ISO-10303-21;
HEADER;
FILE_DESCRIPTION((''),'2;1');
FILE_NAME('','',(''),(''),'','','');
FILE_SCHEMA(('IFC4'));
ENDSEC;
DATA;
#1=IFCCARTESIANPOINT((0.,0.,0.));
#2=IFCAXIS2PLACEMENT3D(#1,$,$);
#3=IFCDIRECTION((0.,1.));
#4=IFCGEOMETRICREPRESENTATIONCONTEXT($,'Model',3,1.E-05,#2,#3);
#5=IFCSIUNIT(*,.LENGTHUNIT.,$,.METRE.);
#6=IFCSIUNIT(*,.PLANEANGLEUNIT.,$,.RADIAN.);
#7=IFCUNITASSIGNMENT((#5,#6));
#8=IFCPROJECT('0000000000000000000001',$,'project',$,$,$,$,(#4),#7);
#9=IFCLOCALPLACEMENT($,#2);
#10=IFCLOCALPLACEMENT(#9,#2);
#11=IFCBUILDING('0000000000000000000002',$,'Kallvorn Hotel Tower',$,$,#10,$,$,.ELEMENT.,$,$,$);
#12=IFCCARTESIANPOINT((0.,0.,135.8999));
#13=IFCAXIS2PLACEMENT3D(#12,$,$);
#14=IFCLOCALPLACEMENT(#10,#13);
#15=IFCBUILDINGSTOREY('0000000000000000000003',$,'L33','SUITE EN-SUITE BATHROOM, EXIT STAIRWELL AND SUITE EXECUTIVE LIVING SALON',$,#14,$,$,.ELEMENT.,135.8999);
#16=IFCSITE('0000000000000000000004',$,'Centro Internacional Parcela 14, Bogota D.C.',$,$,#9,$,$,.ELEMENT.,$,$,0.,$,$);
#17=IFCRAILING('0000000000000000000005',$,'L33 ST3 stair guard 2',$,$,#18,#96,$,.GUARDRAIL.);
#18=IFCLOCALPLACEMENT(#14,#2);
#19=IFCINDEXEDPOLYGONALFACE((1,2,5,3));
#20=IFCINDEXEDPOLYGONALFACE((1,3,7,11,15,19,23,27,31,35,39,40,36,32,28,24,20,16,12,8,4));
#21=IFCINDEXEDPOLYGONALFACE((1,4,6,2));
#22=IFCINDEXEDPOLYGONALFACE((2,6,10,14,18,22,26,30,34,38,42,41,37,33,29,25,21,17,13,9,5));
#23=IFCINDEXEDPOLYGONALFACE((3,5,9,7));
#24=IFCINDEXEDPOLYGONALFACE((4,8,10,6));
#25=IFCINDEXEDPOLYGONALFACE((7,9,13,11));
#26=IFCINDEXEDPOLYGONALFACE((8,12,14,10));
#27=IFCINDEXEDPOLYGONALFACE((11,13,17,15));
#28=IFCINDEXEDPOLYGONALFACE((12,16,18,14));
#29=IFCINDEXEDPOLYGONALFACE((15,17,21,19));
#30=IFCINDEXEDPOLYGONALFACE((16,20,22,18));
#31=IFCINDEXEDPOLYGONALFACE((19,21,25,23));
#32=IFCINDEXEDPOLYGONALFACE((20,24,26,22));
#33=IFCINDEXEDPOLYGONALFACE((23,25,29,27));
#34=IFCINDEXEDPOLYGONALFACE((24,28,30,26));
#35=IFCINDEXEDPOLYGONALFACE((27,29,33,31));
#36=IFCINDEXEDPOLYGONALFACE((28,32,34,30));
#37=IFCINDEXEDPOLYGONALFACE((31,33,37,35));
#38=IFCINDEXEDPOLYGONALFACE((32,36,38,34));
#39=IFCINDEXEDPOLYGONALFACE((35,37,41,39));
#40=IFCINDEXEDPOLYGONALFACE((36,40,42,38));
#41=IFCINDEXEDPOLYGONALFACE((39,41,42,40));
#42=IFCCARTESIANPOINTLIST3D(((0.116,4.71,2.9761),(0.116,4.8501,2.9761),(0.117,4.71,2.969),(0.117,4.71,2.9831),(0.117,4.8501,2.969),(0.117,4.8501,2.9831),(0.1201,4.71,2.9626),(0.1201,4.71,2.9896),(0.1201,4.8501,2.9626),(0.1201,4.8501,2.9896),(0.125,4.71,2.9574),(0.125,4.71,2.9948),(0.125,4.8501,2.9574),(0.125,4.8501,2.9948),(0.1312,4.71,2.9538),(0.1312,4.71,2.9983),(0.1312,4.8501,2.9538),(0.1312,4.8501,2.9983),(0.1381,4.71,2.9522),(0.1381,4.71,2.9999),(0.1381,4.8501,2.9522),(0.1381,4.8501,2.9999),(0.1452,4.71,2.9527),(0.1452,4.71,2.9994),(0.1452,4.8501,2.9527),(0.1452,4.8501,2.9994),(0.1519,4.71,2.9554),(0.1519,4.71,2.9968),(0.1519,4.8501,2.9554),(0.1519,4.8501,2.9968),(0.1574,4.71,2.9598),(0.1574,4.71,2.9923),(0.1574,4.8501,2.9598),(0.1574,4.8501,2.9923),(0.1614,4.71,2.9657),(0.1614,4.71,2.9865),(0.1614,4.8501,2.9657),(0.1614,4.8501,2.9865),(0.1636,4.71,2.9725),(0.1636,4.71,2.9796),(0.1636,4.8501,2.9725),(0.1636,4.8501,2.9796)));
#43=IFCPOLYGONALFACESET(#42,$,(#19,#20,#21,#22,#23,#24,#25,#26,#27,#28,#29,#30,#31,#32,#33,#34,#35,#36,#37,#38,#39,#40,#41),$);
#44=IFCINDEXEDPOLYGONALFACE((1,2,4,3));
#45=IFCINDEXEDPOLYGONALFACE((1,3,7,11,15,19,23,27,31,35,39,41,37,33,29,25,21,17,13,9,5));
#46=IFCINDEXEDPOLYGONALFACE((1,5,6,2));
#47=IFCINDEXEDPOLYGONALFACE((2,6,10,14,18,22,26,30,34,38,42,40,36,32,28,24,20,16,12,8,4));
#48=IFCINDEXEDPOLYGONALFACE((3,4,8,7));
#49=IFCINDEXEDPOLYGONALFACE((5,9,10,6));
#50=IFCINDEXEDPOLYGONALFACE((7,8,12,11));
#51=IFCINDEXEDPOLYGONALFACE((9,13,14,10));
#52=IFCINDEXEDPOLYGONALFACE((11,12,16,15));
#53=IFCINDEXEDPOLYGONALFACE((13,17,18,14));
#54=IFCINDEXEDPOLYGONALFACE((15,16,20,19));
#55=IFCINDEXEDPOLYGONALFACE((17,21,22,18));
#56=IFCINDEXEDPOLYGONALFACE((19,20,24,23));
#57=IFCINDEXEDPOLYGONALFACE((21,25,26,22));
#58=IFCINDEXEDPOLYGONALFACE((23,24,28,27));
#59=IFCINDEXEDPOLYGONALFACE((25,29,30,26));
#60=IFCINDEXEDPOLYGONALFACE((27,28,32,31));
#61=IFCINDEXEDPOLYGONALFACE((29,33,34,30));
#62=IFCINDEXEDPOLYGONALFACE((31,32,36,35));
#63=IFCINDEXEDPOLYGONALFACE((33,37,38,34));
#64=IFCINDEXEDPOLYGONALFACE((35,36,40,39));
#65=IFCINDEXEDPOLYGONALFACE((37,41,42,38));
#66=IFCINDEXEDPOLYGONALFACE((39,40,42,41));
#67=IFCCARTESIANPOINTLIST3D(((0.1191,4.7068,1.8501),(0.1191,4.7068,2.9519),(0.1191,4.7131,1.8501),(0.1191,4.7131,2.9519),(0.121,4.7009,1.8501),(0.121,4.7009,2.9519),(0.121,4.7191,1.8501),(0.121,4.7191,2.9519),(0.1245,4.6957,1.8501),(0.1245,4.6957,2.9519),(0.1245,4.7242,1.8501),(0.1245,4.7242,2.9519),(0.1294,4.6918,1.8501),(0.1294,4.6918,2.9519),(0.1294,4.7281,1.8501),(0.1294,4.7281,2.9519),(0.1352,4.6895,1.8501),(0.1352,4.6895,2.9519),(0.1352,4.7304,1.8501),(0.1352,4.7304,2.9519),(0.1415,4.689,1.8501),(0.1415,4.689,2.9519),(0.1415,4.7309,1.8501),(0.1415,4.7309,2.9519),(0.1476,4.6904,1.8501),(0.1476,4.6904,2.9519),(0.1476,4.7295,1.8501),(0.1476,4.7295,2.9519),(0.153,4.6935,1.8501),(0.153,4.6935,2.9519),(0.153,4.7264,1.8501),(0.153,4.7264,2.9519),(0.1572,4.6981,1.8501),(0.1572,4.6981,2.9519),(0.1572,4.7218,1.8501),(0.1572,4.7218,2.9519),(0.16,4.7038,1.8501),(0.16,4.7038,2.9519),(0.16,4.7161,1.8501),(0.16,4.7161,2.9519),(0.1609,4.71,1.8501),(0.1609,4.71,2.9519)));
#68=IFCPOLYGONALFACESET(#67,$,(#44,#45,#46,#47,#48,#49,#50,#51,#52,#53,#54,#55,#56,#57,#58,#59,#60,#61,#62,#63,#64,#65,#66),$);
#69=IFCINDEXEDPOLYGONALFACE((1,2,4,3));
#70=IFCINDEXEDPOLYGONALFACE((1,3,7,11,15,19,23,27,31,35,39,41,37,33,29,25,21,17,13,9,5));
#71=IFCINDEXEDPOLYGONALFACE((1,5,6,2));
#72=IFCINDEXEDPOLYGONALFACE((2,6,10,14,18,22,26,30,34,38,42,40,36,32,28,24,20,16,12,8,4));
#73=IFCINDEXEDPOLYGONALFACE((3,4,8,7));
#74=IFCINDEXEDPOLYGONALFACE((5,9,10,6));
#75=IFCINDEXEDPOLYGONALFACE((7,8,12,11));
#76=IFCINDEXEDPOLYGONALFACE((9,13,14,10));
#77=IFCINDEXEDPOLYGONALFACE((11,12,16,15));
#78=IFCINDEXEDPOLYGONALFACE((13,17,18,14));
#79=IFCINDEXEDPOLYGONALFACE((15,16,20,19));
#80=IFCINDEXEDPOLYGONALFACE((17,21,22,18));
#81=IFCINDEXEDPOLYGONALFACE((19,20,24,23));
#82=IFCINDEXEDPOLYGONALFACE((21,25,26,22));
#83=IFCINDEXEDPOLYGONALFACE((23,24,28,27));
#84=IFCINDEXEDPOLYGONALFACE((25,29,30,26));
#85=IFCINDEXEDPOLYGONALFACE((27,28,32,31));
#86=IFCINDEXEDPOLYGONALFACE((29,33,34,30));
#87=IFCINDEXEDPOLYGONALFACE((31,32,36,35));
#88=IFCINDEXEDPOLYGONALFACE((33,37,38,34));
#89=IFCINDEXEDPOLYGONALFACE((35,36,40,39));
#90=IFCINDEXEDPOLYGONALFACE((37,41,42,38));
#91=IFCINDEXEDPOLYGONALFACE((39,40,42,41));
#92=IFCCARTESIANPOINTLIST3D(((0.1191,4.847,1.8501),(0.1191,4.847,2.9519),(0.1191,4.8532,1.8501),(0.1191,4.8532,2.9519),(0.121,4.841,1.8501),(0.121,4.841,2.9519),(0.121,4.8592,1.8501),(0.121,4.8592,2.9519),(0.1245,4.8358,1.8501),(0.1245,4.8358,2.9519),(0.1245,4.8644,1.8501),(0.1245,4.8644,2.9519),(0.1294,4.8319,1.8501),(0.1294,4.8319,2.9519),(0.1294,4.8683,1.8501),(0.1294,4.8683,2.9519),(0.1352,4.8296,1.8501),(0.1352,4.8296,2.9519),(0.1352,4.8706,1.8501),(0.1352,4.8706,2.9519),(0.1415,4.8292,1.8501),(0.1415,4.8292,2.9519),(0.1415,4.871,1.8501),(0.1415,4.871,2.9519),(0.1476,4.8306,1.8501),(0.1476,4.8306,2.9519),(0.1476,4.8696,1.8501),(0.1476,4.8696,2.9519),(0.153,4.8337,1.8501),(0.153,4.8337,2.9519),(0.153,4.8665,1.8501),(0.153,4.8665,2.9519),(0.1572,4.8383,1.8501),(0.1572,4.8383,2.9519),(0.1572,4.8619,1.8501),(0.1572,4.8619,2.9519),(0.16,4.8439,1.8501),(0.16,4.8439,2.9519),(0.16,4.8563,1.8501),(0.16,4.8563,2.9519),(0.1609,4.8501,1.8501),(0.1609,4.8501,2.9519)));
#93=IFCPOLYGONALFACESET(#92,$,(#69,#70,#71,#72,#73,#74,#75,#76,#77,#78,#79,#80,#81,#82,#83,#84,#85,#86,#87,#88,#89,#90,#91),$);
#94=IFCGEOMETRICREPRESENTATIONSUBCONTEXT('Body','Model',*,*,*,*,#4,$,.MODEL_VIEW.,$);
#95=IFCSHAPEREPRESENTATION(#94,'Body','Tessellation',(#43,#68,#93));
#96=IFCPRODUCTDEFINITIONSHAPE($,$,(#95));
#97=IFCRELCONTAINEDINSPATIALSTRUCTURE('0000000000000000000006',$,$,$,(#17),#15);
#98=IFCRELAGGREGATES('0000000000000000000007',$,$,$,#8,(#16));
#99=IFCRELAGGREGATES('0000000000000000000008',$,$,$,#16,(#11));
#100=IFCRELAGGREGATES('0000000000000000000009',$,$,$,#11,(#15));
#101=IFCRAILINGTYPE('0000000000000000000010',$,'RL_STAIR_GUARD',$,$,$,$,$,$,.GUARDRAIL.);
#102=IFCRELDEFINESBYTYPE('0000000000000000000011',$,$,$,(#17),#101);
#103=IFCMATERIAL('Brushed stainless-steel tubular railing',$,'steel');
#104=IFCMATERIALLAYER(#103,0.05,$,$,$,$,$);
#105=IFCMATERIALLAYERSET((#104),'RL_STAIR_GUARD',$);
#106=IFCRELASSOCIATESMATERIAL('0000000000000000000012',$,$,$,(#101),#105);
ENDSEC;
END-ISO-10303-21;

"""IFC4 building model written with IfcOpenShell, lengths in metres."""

from ifc_helpers import new_model, si_unit, direction, frame, origin, origin_2d, place, context, subcontext, project, spatial, circle, extrude, material, layer, layer_set, type_object, element, save


model = new_model("IFC4")

# Units and contexts
model_context = context("Model", 3, precision=1e-05, world=origin(), true_north=direction((0.0, 1.0)))
body_context = subcontext(model_context, "Body", "Model", "MODEL_VIEW")
ifc_project = project(units=[si_unit("LENGTHUNIT", "METRE"), si_unit("PLANEANGLEUNIT", "RADIAN")], contexts=[model_context])

# Site, building, storey
site_placement = place(None, origin())
site = spatial("IfcSite", under=ifc_project, at=site_placement, Name="Centro Internacional Parcela 14, Bogota D.C.", CompositionType="ELEMENT", RefElevation=0.0)
building_placement = place(site_placement, origin())
building = spatial("IfcBuilding", under=site, at=building_placement, Name="Kallvorn Hotel Tower", CompositionType="ELEMENT")
storey_placement = place(building_placement, frame((0.0, 0.0, 135.8999)))
storey = spatial("IfcBuildingStorey", under=building, at=storey_placement, Name="L33", Description="SUITE EN-SUITE BATHROOM, EXIT STAIRWELL AND SUITE EXECUTIVE LIVING SALON", CompositionType="ELEMENT", Elevation=135.8999)

# Railing
ifc_material_1 = material(Name="Brushed stainless-steel tubular railing", Category="steel")
ifc_layer_1 = layer(ifc_material_1, 0.05)
ifc_layer_set_1 = layer_set([ifc_layer_1], Name="RL_STAIR_GUARD")
railing_type_1 = type_object("IfcRailingType", Name="RL_STAIR_GUARD", PredefinedType="GUARDRAIL", material=ifc_layer_set_1)
railing_1_placement = place(storey_placement, frame((0.1399, 4.71, 1.8501)))
element("IfcRailing", 1, at=railing_1_placement, inside=storey, type_object=railing_type_1, Name="L33 ST3 stair guard 2", PredefinedType="GUARDRAIL", context=body_context, shape_type="SweptSolid", body=[
    extrude(circle(Radius=0.0239, at=origin_2d()), frame((0.0, 0.0, 1.126), z_axis=(0.0, 1.0, 0.0), x_axis=(-1.0, 0.0, 0.0)), (0.0, 0.0, 1.0), 0.1401),
    extrude(circle(Radius=0.021, at=origin_2d()), origin(), (0.0, 0.0, 1.0), 1.1018),
    extrude(circle(Radius=0.021, at=origin_2d()), frame((0.0, 0.1401, 0.0)), (0.0, 0.0, 1.0), 1.1018),
])

save(model, "model.ifc")
